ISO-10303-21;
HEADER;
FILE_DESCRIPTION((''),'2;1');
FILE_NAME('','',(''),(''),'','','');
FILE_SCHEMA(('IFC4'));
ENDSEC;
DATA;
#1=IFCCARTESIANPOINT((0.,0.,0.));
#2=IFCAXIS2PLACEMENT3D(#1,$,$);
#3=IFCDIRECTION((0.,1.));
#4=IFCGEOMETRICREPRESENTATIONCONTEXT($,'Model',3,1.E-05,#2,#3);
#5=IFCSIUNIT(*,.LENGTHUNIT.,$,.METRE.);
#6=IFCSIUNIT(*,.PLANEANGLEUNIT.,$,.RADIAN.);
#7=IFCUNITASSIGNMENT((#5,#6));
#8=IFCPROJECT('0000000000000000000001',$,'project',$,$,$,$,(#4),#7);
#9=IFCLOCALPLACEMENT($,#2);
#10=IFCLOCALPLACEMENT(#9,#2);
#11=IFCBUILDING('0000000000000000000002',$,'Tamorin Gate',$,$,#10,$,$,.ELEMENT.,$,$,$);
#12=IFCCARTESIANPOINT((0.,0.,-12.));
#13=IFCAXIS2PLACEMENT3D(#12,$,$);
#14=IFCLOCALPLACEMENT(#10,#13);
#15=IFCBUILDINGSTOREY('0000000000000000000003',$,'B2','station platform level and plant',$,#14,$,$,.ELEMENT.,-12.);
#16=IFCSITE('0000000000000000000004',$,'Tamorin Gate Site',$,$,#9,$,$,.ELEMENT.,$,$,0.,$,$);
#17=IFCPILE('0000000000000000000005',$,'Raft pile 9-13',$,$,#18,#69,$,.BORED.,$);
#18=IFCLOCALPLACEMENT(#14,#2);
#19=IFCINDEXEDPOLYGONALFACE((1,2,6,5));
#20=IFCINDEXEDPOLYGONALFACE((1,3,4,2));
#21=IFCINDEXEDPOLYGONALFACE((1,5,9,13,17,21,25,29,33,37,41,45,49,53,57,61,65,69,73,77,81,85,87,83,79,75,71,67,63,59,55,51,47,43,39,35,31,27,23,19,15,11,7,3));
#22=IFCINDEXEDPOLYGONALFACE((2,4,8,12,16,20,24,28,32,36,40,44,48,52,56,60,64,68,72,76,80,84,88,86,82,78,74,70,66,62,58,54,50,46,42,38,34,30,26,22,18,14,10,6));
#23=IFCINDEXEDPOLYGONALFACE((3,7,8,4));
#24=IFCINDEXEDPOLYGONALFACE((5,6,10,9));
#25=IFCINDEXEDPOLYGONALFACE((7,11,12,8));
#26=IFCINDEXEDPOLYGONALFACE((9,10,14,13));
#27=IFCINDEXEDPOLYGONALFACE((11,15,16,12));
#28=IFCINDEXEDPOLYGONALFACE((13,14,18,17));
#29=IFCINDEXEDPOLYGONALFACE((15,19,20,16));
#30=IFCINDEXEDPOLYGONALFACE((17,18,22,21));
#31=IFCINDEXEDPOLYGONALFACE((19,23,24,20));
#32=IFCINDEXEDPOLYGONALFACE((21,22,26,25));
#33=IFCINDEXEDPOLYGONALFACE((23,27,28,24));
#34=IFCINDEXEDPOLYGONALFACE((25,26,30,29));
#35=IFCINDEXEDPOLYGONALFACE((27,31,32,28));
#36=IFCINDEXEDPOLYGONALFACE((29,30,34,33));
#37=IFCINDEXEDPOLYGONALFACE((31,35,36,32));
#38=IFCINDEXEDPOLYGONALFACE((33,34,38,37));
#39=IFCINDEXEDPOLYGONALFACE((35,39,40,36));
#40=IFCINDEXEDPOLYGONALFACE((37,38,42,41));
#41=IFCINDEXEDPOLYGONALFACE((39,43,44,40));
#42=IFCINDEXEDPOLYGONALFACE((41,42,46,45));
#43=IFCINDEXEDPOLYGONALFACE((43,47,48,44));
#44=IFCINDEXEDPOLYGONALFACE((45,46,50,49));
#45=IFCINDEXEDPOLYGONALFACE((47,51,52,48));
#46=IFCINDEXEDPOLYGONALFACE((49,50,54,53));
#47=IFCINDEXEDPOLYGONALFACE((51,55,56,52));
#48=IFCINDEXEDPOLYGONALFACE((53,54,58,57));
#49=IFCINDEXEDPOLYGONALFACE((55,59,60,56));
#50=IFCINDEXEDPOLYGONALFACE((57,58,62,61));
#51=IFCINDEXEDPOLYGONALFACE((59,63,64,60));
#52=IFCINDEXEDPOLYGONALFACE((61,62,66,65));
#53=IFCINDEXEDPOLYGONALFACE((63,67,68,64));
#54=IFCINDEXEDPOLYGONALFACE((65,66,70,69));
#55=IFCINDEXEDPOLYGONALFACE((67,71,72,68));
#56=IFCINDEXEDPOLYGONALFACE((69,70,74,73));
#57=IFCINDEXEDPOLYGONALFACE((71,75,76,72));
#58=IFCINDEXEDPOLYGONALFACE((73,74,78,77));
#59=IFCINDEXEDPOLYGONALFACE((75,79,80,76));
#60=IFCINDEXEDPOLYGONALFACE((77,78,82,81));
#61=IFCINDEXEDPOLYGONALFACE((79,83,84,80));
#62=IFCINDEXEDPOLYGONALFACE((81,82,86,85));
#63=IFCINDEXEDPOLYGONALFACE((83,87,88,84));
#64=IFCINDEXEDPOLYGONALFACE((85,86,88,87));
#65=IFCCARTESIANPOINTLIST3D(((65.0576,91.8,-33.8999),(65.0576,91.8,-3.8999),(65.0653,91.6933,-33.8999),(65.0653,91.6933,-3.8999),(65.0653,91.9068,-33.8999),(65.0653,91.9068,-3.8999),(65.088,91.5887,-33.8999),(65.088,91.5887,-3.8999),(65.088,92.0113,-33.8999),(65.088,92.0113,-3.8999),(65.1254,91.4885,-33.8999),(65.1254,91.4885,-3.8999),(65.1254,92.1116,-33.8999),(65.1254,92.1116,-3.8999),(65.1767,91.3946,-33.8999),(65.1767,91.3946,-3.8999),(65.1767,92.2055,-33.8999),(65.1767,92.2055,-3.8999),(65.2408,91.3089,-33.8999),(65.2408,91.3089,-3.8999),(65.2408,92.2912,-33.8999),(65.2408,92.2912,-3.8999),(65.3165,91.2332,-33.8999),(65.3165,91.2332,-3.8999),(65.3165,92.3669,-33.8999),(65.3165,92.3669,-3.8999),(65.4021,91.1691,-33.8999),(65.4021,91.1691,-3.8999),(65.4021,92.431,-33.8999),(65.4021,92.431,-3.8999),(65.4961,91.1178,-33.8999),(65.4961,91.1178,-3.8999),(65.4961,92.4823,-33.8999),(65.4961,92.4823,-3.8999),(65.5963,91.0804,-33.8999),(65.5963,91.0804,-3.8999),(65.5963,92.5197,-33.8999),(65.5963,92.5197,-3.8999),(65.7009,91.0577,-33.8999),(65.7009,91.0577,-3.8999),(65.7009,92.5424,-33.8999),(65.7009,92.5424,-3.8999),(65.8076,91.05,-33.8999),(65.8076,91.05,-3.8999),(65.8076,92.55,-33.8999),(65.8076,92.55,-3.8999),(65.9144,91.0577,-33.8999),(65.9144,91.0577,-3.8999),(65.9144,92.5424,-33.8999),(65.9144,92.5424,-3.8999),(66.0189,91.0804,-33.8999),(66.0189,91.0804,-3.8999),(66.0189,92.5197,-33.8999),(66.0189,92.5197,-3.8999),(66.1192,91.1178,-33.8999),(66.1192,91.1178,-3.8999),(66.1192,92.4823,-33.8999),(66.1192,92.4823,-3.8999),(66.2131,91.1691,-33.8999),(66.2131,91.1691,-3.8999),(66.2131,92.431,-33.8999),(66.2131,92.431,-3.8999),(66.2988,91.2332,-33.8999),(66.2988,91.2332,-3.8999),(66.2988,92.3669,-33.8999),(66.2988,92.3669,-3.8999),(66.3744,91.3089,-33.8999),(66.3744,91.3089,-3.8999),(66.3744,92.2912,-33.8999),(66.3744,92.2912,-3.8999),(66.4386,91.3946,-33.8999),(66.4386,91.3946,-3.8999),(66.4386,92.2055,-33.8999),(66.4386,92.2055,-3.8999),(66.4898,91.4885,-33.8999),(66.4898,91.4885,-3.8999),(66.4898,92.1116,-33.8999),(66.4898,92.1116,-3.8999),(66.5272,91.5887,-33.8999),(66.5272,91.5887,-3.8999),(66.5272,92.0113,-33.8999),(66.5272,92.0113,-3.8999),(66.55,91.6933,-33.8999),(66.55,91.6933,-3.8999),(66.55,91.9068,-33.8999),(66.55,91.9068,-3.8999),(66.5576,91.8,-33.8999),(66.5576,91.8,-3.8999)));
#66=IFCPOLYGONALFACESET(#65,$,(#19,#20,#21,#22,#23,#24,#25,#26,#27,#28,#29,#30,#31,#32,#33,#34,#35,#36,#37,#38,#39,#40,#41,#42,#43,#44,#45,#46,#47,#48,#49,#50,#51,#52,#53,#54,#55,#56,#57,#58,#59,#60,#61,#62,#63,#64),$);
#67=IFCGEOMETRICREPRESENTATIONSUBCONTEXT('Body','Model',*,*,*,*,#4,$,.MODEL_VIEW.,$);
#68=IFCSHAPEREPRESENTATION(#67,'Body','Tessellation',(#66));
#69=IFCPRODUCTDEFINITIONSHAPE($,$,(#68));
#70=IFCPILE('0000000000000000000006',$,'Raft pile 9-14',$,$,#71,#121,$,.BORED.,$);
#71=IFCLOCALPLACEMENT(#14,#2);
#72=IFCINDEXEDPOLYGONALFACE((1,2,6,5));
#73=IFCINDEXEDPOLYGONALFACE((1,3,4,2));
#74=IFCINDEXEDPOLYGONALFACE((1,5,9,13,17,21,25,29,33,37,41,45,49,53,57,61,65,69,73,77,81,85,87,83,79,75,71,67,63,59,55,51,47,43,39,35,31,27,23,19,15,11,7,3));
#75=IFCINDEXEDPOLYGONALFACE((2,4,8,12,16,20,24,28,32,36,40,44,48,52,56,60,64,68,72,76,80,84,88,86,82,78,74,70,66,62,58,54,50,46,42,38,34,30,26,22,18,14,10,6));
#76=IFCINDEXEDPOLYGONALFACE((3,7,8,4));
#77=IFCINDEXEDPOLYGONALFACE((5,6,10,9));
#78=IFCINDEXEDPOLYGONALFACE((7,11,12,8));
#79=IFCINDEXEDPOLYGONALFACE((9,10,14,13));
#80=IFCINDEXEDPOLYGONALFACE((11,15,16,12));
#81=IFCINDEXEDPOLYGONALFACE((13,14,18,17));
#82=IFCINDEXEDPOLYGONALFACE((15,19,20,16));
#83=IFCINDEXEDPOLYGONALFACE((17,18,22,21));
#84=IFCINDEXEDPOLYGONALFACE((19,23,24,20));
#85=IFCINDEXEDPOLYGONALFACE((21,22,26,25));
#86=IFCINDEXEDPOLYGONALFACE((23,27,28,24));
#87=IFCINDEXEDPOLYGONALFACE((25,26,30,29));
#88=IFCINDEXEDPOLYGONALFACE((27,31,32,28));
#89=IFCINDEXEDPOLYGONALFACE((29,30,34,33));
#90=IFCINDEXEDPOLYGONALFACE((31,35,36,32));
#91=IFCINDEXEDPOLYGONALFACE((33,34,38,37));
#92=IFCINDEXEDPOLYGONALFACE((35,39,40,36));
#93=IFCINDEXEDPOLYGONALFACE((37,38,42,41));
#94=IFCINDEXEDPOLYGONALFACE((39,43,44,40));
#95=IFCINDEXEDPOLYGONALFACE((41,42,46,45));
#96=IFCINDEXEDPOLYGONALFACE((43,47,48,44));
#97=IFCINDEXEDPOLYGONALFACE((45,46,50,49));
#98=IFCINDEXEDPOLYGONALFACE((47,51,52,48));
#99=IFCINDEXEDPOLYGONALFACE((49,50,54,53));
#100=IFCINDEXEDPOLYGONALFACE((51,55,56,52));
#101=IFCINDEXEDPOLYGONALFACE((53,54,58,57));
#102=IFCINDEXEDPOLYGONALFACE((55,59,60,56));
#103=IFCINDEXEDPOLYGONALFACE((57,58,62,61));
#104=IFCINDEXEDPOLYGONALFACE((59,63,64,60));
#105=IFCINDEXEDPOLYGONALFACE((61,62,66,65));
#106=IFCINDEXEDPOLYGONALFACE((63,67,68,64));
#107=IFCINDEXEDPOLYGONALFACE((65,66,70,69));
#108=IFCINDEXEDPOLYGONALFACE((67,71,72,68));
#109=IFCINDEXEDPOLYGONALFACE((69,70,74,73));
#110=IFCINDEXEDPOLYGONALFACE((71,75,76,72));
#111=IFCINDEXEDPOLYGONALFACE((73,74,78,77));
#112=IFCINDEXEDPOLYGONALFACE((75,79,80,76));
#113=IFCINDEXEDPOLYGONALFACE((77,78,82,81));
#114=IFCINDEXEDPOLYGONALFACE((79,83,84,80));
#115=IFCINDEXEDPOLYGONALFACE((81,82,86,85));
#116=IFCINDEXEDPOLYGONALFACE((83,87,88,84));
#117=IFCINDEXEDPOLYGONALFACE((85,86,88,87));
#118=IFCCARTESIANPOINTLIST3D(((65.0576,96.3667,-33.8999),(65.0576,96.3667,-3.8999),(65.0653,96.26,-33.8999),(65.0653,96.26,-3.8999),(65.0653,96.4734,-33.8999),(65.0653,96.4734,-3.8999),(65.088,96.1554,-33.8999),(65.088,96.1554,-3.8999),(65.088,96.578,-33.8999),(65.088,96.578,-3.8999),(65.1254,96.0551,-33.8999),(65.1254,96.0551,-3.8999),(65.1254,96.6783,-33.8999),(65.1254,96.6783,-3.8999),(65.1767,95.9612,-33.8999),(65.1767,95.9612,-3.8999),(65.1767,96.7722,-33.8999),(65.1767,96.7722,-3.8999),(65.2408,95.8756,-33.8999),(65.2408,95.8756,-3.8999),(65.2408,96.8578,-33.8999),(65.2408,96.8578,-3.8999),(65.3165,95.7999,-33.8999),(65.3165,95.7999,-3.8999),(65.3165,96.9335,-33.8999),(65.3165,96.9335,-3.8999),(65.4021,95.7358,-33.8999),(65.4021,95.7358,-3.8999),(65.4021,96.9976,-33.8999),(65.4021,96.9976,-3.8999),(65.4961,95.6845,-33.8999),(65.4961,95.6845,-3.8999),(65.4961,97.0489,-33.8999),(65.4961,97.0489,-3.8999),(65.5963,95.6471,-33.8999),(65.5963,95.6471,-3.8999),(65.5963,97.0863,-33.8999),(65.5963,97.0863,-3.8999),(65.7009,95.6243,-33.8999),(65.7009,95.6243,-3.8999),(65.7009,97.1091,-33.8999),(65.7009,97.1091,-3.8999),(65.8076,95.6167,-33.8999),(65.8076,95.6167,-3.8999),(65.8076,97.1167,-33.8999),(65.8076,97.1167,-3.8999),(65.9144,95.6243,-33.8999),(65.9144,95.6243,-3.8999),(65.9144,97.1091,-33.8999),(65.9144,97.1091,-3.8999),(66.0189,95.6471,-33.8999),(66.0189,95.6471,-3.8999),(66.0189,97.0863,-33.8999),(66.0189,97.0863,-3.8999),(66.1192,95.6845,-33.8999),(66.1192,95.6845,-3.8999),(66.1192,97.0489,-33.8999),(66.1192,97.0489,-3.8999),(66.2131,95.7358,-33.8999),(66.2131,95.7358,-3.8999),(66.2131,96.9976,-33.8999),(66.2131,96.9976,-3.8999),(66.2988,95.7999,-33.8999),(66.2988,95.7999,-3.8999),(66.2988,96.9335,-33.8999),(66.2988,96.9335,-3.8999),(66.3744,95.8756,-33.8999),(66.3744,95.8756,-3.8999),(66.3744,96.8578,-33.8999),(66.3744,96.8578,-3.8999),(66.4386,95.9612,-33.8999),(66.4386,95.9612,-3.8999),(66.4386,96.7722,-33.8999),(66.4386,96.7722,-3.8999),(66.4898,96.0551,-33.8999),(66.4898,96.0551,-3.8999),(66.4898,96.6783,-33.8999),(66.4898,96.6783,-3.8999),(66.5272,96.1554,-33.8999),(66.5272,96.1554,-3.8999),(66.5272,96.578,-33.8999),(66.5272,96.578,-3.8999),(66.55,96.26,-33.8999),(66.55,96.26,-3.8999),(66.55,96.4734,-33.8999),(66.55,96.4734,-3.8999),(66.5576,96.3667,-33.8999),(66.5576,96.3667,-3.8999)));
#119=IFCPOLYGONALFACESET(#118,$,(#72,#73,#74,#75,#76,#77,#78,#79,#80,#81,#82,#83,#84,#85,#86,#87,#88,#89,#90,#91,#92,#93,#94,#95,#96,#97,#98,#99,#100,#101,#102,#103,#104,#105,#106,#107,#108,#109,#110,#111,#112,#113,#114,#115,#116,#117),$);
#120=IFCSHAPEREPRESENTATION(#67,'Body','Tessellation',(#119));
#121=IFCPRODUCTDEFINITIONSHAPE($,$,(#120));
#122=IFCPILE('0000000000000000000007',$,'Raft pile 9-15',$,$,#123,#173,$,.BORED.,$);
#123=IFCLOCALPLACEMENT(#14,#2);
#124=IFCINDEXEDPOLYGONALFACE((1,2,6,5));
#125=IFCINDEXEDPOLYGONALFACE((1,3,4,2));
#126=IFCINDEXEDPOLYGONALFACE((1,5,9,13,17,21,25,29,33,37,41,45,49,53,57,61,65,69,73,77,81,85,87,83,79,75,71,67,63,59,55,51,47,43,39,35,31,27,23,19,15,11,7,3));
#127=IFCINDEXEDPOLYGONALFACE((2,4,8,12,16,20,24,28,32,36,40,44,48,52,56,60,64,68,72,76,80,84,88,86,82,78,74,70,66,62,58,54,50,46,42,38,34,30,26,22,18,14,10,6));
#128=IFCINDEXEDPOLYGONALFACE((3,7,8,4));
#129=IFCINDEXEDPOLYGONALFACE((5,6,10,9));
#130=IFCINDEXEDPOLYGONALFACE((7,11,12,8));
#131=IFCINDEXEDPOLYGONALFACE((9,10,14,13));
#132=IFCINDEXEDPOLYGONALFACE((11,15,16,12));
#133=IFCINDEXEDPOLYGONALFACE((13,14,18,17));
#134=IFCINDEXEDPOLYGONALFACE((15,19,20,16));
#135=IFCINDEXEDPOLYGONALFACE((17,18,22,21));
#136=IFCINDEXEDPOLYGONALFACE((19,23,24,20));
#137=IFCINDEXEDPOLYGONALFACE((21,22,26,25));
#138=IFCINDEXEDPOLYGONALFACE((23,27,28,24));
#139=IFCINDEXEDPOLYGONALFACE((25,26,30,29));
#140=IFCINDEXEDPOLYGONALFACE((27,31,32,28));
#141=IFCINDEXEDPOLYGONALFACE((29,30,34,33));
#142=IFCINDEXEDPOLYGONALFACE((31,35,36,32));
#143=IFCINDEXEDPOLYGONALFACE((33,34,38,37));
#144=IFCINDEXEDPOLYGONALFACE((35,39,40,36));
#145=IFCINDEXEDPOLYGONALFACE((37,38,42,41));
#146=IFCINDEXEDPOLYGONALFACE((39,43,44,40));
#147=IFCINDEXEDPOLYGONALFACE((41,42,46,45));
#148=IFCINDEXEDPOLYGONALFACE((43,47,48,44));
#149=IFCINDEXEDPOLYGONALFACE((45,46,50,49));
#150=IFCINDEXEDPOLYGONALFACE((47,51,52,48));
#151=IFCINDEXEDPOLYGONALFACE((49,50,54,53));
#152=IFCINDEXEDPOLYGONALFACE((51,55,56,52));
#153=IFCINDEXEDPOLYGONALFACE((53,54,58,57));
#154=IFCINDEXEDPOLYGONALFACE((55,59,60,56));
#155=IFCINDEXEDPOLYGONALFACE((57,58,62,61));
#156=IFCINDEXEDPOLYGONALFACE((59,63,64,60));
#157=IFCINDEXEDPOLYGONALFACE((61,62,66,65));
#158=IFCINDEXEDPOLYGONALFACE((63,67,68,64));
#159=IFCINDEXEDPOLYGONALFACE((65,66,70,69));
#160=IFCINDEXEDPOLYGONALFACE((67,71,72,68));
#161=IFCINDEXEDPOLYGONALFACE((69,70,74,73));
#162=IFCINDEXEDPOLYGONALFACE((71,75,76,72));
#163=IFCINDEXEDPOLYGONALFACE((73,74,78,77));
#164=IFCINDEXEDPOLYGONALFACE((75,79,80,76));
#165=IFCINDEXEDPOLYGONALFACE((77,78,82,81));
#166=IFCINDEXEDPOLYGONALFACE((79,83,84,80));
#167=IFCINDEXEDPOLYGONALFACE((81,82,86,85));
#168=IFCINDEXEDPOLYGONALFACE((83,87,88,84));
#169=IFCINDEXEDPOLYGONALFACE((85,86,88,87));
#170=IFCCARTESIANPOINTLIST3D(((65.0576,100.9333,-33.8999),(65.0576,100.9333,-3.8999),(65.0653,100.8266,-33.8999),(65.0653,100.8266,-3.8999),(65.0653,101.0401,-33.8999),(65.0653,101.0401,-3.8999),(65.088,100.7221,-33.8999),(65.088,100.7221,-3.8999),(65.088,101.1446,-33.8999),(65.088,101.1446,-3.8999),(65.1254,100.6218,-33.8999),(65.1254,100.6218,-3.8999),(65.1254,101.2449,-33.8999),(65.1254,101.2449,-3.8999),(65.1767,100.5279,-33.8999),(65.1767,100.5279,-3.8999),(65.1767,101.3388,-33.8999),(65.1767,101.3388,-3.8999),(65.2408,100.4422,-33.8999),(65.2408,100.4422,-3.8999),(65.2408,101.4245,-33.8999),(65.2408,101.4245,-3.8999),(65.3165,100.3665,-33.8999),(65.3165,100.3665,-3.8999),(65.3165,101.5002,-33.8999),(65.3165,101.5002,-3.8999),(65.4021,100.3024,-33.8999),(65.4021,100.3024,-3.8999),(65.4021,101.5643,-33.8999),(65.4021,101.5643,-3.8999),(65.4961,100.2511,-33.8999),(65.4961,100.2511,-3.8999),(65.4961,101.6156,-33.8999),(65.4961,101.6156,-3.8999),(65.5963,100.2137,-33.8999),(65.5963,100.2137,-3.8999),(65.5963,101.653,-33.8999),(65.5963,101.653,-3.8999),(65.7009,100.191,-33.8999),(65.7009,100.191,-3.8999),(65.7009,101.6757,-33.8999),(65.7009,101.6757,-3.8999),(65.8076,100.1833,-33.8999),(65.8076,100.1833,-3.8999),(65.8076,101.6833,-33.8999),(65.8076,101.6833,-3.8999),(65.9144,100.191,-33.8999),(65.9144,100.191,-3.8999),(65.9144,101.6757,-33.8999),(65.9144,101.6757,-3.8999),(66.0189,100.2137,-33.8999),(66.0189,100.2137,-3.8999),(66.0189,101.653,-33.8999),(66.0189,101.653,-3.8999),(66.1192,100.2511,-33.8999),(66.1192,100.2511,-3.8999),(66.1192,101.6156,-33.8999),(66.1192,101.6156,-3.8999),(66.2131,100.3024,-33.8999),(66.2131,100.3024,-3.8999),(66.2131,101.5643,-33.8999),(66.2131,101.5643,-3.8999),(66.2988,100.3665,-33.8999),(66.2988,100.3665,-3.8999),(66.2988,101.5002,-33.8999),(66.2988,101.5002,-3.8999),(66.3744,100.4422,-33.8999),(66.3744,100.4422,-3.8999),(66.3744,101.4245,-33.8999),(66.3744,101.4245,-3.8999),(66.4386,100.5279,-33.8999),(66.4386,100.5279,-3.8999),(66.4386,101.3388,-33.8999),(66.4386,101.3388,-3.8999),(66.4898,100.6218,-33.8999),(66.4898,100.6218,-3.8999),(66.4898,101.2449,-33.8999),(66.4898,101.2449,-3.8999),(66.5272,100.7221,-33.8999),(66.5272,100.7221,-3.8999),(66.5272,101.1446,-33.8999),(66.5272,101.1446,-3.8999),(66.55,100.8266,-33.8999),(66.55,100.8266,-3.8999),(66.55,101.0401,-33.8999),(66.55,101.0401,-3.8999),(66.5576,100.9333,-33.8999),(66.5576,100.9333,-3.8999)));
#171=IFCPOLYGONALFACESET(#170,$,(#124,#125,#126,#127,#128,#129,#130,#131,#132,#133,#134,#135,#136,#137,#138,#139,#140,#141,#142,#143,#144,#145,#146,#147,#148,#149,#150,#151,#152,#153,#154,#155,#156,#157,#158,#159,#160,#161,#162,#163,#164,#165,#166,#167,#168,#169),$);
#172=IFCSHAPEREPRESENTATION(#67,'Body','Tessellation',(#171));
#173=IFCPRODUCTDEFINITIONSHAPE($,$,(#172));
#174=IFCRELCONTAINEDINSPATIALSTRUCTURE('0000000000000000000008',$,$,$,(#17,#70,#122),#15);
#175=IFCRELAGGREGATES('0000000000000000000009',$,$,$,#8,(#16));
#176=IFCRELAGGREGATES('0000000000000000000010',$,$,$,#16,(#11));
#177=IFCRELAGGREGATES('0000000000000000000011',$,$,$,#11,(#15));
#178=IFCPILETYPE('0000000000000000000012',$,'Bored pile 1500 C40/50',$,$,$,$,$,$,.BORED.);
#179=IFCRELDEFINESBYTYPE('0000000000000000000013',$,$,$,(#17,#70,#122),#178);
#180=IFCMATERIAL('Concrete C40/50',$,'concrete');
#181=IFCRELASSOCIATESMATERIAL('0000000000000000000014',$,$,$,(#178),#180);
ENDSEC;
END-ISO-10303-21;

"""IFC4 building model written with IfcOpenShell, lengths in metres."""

from ifc_helpers import new_model, si_unit, direction, frame, origin, origin_2d, place, context, subcontext, project, spatial, circle, extrude, material, material_profile, profile_set, type_object, element, save


model = new_model("IFC4")

# Units and contexts
model_context = context("Model", 3, precision=1e-05, world=origin(), true_north=direction((0.0, 1.0)))
body_context = subcontext(model_context, "Body", "Model", "MODEL_VIEW")
ifc_project = project(units=[si_unit("LENGTHUNIT", "METRE"), si_unit("PLANEANGLEUNIT", "RADIAN")], contexts=[model_context])

# Site, building, storey
site_placement = place(None, origin())
site = spatial("IfcSite", under=ifc_project, at=site_placement, Name="Tamorin Gate Site", CompositionType="ELEMENT", RefElevation=0.0)
building_placement = place(site_placement, origin())
building = spatial("IfcBuilding", under=site, at=building_placement, Name="Tamorin Gate", CompositionType="ELEMENT")
storey_placement = place(building_placement, frame((0.0, 0.0, -12.0)))
storey = spatial("IfcBuildingStorey", under=building, at=storey_placement, Name="B2", Description="station platform level and plant", CompositionType="ELEMENT", Elevation=-12.0)

# Piles
ifc_material_1 = material(Name="Concrete C40/50", Category="concrete")
ifc_material_profile_1 = material_profile(ifc_material_1, circle(Radius=0.75, at=origin_2d()))
ifc_profile_set_1 = profile_set([ifc_material_profile_1], Name="Concrete C40/50")
pile_type = type_object("IfcPileType", Name="Bored pile 1500 C40/50", PredefinedType="BORED", material=ifc_profile_set_1)
for number, where, z_axis, x_axis, name in (
    (1, (65.8076, 91.8, -3.8999), (0.0, 0.0, -1.0), (1.0, 0.0, 0.0), "Raft pile 9-13"),
    (2, (65.8076, 96.3667, -3.8999), (0.0, 0.0, -1.0), (1.0, 0.0, 0.0), "Raft pile 9-14"),
    (3, (65.8076, 100.9333, -3.8999), (0.0, 0.0, -1.0), (1.0, 0.0, 0.0), "Raft pile 9-15"),
):
    element("IfcPile", number, at=place(storey_placement, frame(where, z_axis=z_axis, x_axis=x_axis)), inside=storey, type_object=pile_type, Name=name, PredefinedType="BORED", context=body_context, shape_type="SweptSolid", body=[
        extrude(circle(Radius=0.75, at=origin_2d()), origin(), (0.0, 0.0, 1.0), 30.0),
    ])

save(model, "model.ifc")
